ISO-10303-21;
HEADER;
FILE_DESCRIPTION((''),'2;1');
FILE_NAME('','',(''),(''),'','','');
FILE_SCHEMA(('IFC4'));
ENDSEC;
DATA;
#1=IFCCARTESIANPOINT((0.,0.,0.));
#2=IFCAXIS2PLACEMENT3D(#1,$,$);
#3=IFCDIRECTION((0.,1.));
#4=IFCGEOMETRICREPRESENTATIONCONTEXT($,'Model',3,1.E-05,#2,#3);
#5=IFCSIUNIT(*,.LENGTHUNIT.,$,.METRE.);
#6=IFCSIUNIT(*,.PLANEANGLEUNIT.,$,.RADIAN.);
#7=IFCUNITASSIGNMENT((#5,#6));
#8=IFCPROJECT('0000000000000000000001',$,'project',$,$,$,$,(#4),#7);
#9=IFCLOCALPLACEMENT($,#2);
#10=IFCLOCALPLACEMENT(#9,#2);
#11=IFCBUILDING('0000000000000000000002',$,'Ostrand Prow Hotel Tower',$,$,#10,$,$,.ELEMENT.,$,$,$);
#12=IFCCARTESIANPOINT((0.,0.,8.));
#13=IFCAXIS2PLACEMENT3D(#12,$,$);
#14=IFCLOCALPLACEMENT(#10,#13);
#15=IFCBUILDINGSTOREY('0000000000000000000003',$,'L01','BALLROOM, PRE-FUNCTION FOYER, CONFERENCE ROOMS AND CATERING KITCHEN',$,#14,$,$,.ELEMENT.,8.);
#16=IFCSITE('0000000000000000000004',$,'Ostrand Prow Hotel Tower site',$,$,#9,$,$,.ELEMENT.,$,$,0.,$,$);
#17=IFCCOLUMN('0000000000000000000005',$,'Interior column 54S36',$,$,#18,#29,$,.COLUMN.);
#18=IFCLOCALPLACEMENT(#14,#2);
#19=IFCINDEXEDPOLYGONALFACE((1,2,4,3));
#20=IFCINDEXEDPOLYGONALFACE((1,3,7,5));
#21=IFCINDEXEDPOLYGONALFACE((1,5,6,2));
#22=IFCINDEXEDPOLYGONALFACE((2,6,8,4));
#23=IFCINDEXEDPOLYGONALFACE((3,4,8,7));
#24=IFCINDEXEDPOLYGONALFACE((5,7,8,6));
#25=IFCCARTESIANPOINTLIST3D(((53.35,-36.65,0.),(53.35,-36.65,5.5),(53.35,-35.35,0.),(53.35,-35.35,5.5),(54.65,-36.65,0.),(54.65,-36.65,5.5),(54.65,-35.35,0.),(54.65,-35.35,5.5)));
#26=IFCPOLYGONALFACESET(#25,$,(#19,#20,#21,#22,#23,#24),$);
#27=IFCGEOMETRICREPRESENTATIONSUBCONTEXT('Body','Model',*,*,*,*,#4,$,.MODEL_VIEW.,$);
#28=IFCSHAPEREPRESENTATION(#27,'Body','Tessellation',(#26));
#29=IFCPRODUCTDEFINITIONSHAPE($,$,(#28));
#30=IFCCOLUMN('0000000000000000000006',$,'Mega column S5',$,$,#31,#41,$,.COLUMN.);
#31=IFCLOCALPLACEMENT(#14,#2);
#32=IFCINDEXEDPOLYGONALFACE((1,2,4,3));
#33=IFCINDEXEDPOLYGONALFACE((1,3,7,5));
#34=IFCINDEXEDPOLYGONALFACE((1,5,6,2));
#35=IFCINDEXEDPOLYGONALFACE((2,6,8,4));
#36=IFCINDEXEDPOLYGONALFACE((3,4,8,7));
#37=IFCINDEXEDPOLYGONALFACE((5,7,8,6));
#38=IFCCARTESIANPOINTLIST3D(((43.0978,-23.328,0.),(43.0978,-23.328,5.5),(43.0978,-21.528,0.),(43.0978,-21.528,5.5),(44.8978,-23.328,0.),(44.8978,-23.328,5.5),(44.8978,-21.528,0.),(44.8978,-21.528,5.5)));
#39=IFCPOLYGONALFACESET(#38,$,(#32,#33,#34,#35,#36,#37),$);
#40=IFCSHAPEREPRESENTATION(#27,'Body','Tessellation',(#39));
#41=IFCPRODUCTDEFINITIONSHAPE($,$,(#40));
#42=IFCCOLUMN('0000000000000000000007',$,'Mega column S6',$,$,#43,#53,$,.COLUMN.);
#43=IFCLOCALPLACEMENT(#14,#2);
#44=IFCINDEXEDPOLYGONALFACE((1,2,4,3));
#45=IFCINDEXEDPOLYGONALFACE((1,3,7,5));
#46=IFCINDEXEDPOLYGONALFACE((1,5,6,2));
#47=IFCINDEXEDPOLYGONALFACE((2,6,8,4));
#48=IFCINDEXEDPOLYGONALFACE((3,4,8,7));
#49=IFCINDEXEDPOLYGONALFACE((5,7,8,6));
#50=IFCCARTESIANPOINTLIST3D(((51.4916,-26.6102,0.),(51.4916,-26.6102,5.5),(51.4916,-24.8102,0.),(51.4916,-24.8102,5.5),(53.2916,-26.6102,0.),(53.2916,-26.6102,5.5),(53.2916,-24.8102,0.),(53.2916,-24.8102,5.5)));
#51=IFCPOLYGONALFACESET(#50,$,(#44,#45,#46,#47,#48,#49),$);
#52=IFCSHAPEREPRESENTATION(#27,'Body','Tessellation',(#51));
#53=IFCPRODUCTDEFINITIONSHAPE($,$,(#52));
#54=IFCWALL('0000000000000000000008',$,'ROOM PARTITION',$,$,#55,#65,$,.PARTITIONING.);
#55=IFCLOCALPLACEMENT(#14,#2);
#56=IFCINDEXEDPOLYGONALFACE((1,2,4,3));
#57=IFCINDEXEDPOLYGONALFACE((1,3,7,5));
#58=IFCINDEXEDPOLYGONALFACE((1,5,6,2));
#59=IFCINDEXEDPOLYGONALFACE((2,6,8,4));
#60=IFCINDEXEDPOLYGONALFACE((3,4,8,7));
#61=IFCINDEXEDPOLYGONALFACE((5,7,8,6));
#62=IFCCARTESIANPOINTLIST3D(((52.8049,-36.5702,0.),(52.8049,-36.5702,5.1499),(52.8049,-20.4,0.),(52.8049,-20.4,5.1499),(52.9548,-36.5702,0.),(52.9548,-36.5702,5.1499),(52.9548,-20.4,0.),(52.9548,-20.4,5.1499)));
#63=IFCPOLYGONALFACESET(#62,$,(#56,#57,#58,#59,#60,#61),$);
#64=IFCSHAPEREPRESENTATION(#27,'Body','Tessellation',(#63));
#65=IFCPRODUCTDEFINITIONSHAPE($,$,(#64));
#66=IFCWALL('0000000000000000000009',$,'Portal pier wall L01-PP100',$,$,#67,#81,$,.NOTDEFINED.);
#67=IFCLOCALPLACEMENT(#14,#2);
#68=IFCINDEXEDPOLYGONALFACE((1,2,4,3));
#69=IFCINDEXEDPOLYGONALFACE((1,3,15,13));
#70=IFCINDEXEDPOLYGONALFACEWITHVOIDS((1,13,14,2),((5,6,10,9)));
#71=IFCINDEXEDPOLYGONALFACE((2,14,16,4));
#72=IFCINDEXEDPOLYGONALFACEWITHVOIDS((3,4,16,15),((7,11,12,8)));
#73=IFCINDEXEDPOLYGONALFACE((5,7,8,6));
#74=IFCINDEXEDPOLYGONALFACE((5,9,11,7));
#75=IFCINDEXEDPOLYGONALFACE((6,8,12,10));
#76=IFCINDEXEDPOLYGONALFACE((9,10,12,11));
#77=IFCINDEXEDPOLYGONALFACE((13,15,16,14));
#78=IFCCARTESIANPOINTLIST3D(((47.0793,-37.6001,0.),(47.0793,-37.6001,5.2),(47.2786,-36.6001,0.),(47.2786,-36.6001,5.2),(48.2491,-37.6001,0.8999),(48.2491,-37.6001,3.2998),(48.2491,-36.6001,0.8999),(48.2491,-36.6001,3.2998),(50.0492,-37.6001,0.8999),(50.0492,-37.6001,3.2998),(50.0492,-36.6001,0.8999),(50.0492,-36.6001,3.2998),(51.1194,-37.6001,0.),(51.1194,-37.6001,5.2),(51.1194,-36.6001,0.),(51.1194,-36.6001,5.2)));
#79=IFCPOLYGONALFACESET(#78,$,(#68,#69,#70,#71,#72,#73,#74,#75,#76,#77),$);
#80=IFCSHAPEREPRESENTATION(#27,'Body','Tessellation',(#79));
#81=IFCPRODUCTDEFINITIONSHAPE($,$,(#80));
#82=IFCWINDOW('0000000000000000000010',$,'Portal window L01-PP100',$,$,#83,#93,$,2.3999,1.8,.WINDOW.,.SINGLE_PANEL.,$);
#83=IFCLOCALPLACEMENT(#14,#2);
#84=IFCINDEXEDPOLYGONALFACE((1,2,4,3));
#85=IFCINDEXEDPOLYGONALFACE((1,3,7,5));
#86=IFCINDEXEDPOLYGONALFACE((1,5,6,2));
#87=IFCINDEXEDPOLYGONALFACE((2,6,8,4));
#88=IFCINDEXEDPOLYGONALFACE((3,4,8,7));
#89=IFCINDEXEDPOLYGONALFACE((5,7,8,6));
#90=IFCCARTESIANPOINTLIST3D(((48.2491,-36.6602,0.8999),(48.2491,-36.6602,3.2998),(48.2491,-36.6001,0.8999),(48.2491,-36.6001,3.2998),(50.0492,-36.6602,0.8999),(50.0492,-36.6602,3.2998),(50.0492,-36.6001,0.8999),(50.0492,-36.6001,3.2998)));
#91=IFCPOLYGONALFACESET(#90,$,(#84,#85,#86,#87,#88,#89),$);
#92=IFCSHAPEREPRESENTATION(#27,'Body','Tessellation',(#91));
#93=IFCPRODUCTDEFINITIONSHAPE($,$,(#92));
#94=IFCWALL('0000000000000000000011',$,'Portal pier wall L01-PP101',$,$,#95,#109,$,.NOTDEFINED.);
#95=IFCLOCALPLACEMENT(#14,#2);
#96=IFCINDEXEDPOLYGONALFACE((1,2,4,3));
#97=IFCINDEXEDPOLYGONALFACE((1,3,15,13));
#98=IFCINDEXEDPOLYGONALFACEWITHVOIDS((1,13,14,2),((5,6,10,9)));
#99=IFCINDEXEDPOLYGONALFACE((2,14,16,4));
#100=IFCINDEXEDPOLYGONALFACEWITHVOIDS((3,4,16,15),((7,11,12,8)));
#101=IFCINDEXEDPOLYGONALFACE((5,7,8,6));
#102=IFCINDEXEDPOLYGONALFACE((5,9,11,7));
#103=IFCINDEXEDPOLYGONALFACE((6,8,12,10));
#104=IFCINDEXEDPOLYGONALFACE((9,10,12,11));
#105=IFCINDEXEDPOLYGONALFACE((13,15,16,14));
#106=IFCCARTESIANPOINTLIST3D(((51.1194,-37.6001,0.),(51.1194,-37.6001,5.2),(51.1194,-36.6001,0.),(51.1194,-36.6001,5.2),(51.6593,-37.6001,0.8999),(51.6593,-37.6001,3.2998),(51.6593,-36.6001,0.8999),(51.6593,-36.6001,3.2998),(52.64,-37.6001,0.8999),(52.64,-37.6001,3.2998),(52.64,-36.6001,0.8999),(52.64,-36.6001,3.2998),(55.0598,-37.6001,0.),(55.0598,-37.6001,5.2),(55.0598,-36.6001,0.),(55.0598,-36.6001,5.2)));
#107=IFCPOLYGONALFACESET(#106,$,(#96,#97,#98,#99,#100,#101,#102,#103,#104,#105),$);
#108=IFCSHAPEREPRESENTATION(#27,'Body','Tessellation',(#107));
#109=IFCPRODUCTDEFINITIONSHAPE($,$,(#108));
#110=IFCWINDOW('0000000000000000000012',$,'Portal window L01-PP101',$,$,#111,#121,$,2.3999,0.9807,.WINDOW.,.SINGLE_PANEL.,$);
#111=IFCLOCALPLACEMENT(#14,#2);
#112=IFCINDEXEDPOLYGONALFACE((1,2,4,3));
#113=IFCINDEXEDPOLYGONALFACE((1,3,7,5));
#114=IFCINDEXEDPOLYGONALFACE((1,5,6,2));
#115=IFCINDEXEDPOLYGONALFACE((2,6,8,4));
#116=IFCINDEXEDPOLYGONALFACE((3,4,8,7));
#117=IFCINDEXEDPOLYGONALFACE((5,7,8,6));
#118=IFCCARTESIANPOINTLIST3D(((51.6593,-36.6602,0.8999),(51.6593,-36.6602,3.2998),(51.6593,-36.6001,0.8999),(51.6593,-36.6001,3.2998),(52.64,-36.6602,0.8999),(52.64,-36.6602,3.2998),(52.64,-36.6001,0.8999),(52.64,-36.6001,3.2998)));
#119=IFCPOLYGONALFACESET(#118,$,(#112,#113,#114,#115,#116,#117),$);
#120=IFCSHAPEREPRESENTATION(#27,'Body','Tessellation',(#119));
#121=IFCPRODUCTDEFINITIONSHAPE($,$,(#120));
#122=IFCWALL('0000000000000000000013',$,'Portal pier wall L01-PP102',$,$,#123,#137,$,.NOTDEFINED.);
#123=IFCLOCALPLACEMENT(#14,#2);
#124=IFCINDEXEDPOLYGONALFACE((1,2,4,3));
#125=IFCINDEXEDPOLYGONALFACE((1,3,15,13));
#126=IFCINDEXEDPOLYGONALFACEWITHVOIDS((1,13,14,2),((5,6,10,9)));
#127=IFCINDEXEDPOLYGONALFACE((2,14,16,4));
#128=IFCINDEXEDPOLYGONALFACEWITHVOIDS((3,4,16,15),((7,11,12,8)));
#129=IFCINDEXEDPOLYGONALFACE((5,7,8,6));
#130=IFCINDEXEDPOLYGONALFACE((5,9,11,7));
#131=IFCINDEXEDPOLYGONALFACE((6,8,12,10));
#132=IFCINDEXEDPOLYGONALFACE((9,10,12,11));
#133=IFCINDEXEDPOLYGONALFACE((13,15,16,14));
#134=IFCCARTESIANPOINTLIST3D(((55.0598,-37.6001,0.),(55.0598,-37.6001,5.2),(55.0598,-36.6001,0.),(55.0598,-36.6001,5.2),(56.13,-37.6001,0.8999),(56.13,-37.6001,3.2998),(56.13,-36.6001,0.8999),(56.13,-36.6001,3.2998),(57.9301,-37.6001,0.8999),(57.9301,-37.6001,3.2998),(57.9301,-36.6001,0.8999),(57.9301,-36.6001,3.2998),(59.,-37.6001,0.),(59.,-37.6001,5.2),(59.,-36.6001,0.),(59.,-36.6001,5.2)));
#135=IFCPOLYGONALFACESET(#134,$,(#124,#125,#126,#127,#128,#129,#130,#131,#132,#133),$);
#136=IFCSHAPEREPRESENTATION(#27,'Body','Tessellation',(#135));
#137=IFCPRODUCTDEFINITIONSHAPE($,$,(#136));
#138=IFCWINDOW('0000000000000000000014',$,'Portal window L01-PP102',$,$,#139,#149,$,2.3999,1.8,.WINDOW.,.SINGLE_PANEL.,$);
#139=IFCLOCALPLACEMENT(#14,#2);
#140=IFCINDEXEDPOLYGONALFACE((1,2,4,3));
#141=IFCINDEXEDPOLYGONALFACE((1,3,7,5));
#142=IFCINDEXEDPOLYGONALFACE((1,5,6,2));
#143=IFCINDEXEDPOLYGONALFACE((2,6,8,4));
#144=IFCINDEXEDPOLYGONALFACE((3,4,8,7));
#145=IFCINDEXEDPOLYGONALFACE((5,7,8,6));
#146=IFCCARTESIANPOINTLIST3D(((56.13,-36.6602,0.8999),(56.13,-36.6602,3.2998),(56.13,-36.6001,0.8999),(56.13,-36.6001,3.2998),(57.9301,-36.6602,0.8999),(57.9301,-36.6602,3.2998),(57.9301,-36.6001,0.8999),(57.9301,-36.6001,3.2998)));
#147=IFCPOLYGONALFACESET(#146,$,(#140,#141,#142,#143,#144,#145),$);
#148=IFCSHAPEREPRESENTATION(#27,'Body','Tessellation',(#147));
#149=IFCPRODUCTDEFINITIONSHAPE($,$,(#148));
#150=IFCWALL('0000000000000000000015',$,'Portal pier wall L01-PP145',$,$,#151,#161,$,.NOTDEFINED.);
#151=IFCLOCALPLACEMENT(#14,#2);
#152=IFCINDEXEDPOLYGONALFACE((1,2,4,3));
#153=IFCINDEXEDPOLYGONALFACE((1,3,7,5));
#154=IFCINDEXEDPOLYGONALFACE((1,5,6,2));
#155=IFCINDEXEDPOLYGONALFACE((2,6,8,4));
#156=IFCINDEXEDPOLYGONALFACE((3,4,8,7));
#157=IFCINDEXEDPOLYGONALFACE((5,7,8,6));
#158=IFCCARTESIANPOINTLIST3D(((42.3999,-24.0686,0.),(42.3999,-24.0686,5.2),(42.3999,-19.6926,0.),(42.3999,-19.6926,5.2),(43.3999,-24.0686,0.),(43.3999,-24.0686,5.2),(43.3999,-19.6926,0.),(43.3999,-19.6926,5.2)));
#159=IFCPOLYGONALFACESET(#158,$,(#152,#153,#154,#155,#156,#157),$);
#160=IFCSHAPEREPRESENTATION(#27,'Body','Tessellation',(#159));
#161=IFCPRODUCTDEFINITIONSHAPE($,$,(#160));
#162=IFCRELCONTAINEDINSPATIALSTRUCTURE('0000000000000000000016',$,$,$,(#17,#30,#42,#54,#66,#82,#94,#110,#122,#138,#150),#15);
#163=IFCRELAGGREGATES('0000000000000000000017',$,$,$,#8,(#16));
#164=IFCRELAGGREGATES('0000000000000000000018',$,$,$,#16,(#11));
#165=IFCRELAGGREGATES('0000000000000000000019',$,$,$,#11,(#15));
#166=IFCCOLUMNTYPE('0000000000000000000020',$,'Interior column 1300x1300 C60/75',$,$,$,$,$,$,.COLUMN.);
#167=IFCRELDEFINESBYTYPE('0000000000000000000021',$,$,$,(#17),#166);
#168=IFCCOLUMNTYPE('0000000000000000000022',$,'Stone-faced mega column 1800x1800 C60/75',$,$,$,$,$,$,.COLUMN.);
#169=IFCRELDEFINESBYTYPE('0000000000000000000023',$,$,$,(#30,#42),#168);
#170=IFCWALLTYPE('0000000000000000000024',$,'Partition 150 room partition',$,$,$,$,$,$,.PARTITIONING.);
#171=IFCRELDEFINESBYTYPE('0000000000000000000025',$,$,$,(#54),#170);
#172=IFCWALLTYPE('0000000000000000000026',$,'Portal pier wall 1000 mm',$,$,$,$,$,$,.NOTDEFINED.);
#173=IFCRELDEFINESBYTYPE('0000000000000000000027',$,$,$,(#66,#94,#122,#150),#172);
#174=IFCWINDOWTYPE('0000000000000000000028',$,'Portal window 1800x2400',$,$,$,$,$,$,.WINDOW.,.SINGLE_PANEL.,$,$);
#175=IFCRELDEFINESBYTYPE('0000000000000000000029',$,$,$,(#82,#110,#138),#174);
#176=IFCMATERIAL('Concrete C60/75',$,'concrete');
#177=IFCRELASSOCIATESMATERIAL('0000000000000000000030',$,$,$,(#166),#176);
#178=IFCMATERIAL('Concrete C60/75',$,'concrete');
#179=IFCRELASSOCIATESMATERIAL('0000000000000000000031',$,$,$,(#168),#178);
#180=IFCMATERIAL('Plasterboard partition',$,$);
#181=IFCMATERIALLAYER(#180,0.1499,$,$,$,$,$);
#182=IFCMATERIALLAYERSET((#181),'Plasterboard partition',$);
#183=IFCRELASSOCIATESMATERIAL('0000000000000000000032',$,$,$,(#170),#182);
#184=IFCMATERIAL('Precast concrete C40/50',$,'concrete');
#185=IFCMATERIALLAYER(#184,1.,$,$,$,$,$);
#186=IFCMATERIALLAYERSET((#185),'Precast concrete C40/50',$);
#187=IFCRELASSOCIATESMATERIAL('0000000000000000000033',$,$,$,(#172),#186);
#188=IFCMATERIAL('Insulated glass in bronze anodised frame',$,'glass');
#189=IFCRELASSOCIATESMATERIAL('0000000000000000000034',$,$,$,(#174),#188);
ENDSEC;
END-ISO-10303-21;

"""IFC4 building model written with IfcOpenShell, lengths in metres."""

from ifc_helpers import new_model, si_unit, direction, frame, frame_2d, origin, origin_2d, place, context, subcontext, project, spatial, polyline, rectangle, outline, extrude, material, layer, layer_set, material_profile, profile_set, type_object, element, fill, save


model = new_model("IFC4")

# Units and contexts
model_context = context("Model", 3, precision=1e-05, world=origin(), true_north=direction((0.0, 1.0)))
body_context = subcontext(model_context, "Body", "Model", "MODEL_VIEW")
ifc_project = project(units=[si_unit("LENGTHUNIT", "METRE"), si_unit("PLANEANGLEUNIT", "RADIAN")], contexts=[model_context])

# Site, building, storey
site_placement = place(None, origin())
site = spatial("IfcSite", under=ifc_project, at=site_placement, Name="Ostrand Prow Hotel Tower site", CompositionType="ELEMENT", RefElevation=0.0)
building_placement = place(site_placement, origin())
building = spatial("IfcBuilding", under=site, at=building_placement, Name="Ostrand Prow Hotel Tower", CompositionType="ELEMENT")
storey_placement = place(building_placement, frame((0.0, 0.0, 8.0)))
storey = spatial("IfcBuildingStorey", under=building, at=storey_placement, Name="L01", Description="BALLROOM, PRE-FUNCTION FOYER, CONFERENCE ROOMS AND CATERING KITCHEN", CompositionType="ELEMENT", Elevation=8.0)

# Columns
ifc_material_1 = material(Name="Concrete C60/75", Category="concrete")
ifc_material_profile_1 = material_profile(ifc_material_1, rectangle(XDim=1.3, YDim=1.3, at=origin_2d()), Name="RC 1300x1300")
ifc_profile_set_1 = profile_set([ifc_material_profile_1], Name="Concrete C60/75")
column_type_1 = type_object("IfcColumnType", Name="Interior column 1300x1300 C60/75", PredefinedType="COLUMN", material=ifc_profile_set_1)
column_placement = place(storey_placement, frame((54.0, -36.0, 0.0), z_axis=(0.0, 0.0, 1.0), x_axis=(1.0, 0.0, 0.0)))
element("IfcColumn", 1, at=column_placement, inside=storey, type_object=column_type_1, Name="Interior column 54S36", PredefinedType="COLUMN", context=body_context, shape_type="SweptSolid", body=[
    extrude(rectangle(XDim=1.3, YDim=1.3, at=origin_2d()), origin(), (0.0, 0.0, 1.0), 5.5),
])
ifc_material_2 = material(Name="Concrete C60/75", Category="concrete")
ifc_material_profile_2 = material_profile(ifc_material_2, rectangle(XDim=1.8, YDim=1.8, at=origin_2d()), Name="RC 1800x1800")
ifc_profile_set_2 = profile_set([ifc_material_profile_2], Name="Concrete C60/75")
column_type_2 = type_object("IfcColumnType", Name="Stone-faced mega column 1800x1800 C60/75", PredefinedType="COLUMN", material=ifc_profile_set_2)
for number, where, z_axis, x_axis, name in (
    (2, (43.9978, -22.428, 0.0), (0.0, 0.0, 1.0), (1.0, 0.0, 0.0), "Mega column S5"),
    (3, (52.3916, -25.7102, 0.0), (0.0, 0.0, 1.0), (1.0, 0.0, 0.0), "Mega column S6"),
):
    element("IfcColumn", number, at=place(storey_placement, frame(where, z_axis=z_axis, x_axis=x_axis)), inside=storey, type_object=column_type_2, Name=name, PredefinedType="COLUMN", context=body_context, shape_type="SweptSolid", body=[
        extrude(rectangle(XDim=1.8, YDim=1.8, at=origin_2d()), origin(), (0.0, 0.0, 1.0), 5.5),
    ])

# Wall
ifc_material_3 = material(Name="Plasterboard partition")
ifc_layer_1 = layer(ifc_material_3, 0.1499)
ifc_layer_set_1 = layer_set([ifc_layer_1], Name="Plasterboard partition")
wall_type_1 = type_object("IfcWallType", Name="Partition 150 room partition", PredefinedType="PARTITIONING", material=ifc_layer_set_1)
wall_1_placement = place(storey_placement, frame((52.8799, -36.5701, 0.0), z_axis=(0.0, 0.0, 1.0), x_axis=(0.0, 1.0, 0.0)))
element("IfcWall", 4, at=wall_1_placement, inside=storey, type_object=wall_type_1, Name="ROOM PARTITION", PredefinedType="PARTITIONING", context=body_context, shape_type="SweptSolid", body=[
    extrude(rectangle(XDim=16.1702, YDim=0.1499, at=frame_2d((8.085, 0.0))), origin(), (0.0, 0.0, 1.0), 5.1499),
])

# Walls, openings, windows
ifc_material_4 = material(Name="Precast concrete C40/50", Category="concrete")
ifc_layer_2 = layer(ifc_material_4, 1.0)
ifc_layer_set_2 = layer_set([ifc_layer_2], Name="Precast concrete C40/50")
wall_type_2 = type_object("IfcWallType", Name="Portal pier wall 1000 mm", PredefinedType="NOTDEFINED", material=ifc_layer_set_2)
wall_2_placement = place(storey_placement, frame((47.179, -37.1001, 0.0), z_axis=(0.0, 0.0, 1.0), x_axis=(1.0, 0.0, 0.0)))
wall_2 = element("IfcWall", 5, at=wall_2_placement, inside=storey, type_object=wall_type_2, Name="Portal pier wall L01-PP100", PredefinedType="NOTDEFINED", context=body_context, shape_type="SweptSolid", body=[
    extrude(outline(polyline([(-0.0996, -0.5), (3.9404, -0.5), (3.9404, 0.5), (0.0996, 0.5), (-0.0996, -0.5)])), origin(), (0.0, 0.0, 1.0), 5.2),
])
opening_1_placement = place(wall_2_placement, frame((1.0703, 0.0, 0.8999)))
opening_1 = element("IfcOpeningElement", 6, at=opening_1_placement, cuts=wall_2, PredefinedType="OPENING", context=body_context, shape_type="SweptSolid", body=[
    extrude(rectangle(XDim=1.8, YDim=2.3999, at=frame_2d((0.8999, 1.2))), frame((0.0, 0.51, 0.0), z_axis=(0.0, -1.0, 0.0), x_axis=(1.0, 0.0, 0.0)), (0.0, 0.0, 1.0), 1.02),
])
ifc_material_5 = material(Name="Insulated glass in bronze anodised frame", Category="glass")
window_type = type_object("IfcWindowType", Name="Portal window 1800x2400", PartitioningType="SINGLE_PANEL", PredefinedType="WINDOW", material=ifc_material_5)
window_1_placement = place(opening_1_placement, origin())
window_1 = element("IfcWindow", 7, at=window_1_placement, inside=storey, type_object=window_type, Name="Portal window L01-PP100", OverallHeight=2.3999, OverallWidth=1.8, PartitioningType="SINGLE_PANEL", PredefinedType="WINDOW", context=body_context, shape_type="SweptSolid", body=[
    extrude(rectangle(XDim=1.8, YDim=2.3999, at=frame_2d((0.8999, 1.2))), frame((0.0, 0.5, 0.0), z_axis=(0.0, -1.0, 0.0), x_axis=(1.0, 0.0, 0.0)), (0.0, 0.0, 1.0), 0.0601),
])
fill(opening_1, window_1)
wall_3_placement = place(storey_placement, frame((51.1194, -37.1001, 0.0), z_axis=(0.0, 0.0, 1.0), x_axis=(1.0, 0.0, 0.0)))
wall_3 = element("IfcWall", 8, at=wall_3_placement, inside=storey, type_object=wall_type_2, Name="Portal pier wall L01-PP101", PredefinedType="NOTDEFINED", context=body_context, shape_type="SweptSolid", body=[
    extrude(outline(polyline([(0.0, -0.5), (3.9404, -0.5), (3.9404, 0.5), (0.0, 0.5), (0.0, -0.5)])), origin(), (0.0, 0.0, 1.0), 5.2),
])
opening_2_placement = place(wall_3_placement, frame((0.54, 0.0, 0.8999)))
opening_2 = element("IfcOpeningElement", 9, at=opening_2_placement, cuts=wall_3, PredefinedType="OPENING", context=body_context, shape_type="SweptSolid", body=[
    extrude(rectangle(XDim=0.9807, YDim=2.3999, at=frame_2d((0.4902, 1.2))), frame((0.0, 0.51, 0.0), z_axis=(0.0, -1.0, 0.0), x_axis=(1.0, 0.0, 0.0)), (0.0, 0.0, 1.0), 1.02),
])
window_2_placement = place(opening_2_placement, origin())
window_2 = element("IfcWindow", 10, at=window_2_placement, inside=storey, type_object=window_type, Name="Portal window L01-PP101", OverallHeight=2.3999, OverallWidth=0.9807, PartitioningType="SINGLE_PANEL", PredefinedType="WINDOW", context=body_context, shape_type="SweptSolid", body=[
    extrude(rectangle(XDim=0.9807, YDim=2.3999, at=frame_2d((0.4902, 1.2))), frame((0.0, 0.5, 0.0), z_axis=(0.0, -1.0, 0.0), x_axis=(1.0, 0.0, 0.0)), (0.0, 0.0, 1.0), 0.0601),
])
fill(opening_2, window_2)
wall_4_placement = place(storey_placement, frame((55.0598, -37.1001, 0.0), z_axis=(0.0, 0.0, 1.0), x_axis=(1.0, 0.0, 0.0)))
wall_4 = element("IfcWall", 11, at=wall_4_placement, inside=storey, type_object=wall_type_2, Name="Portal pier wall L01-PP102", PredefinedType="NOTDEFINED", context=body_context, shape_type="SweptSolid", body=[
    extrude(outline(polyline([(0.0, -0.5), (3.9402, -0.5), (3.9402, 0.5), (0.0, 0.5), (0.0, -0.5)])), origin(), (0.0, 0.0, 1.0), 5.2),
])
opening_3_placement = place(wall_4_placement, frame((1.0703, 0.0, 0.8999)))
opening_3 = element("IfcOpeningElement", 12, at=opening_3_placement, cuts=wall_4, PredefinedType="OPENING", context=body_context, shape_type="SweptSolid", body=[
    extrude(rectangle(XDim=1.8, YDim=2.3999, at=frame_2d((0.8999, 1.2))), frame((0.0, 0.51, 0.0), z_axis=(0.0, -1.0, 0.0), x_axis=(1.0, 0.0, 0.0)), (0.0, 0.0, 1.0), 1.02),
])
window_3_placement = place(opening_3_placement, origin())
window_3 = element("IfcWindow", 13, at=window_3_placement, inside=storey, type_object=window_type, Name="Portal window L01-PP102", OverallHeight=2.3999, OverallWidth=1.8, PartitioningType="SINGLE_PANEL", PredefinedType="WINDOW", context=body_context, shape_type="SweptSolid", body=[
    extrude(rectangle(XDim=1.8, YDim=2.3999, at=frame_2d((0.8999, 1.2))), frame((0.0, 0.5, 0.0), z_axis=(0.0, -1.0, 0.0), x_axis=(1.0, 0.0, 0.0)), (0.0, 0.0, 1.0), 0.0601),
])
fill(opening_3, window_3)

# Wall
wall_5_placement = place(storey_placement, frame((42.8999, -19.6926, 0.0), z_axis=(0.0, 0.0, 1.0), x_axis=(0.0, -1.0, 0.0)))
element("IfcWall", 14, at=wall_5_placement, inside=storey, type_object=wall_type_2, Name="Portal pier wall L01-PP145", PredefinedType="NOTDEFINED", context=body_context, shape_type="SweptSolid", body=[
    extrude(outline(polyline([(0.0, -0.5), (4.376, -0.5), (4.376, 0.5), (0.0, 0.5), (0.0, -0.5)])), origin(), (0.0, 0.0, 1.0), 5.2),
])

save(model, "model.ifc")
